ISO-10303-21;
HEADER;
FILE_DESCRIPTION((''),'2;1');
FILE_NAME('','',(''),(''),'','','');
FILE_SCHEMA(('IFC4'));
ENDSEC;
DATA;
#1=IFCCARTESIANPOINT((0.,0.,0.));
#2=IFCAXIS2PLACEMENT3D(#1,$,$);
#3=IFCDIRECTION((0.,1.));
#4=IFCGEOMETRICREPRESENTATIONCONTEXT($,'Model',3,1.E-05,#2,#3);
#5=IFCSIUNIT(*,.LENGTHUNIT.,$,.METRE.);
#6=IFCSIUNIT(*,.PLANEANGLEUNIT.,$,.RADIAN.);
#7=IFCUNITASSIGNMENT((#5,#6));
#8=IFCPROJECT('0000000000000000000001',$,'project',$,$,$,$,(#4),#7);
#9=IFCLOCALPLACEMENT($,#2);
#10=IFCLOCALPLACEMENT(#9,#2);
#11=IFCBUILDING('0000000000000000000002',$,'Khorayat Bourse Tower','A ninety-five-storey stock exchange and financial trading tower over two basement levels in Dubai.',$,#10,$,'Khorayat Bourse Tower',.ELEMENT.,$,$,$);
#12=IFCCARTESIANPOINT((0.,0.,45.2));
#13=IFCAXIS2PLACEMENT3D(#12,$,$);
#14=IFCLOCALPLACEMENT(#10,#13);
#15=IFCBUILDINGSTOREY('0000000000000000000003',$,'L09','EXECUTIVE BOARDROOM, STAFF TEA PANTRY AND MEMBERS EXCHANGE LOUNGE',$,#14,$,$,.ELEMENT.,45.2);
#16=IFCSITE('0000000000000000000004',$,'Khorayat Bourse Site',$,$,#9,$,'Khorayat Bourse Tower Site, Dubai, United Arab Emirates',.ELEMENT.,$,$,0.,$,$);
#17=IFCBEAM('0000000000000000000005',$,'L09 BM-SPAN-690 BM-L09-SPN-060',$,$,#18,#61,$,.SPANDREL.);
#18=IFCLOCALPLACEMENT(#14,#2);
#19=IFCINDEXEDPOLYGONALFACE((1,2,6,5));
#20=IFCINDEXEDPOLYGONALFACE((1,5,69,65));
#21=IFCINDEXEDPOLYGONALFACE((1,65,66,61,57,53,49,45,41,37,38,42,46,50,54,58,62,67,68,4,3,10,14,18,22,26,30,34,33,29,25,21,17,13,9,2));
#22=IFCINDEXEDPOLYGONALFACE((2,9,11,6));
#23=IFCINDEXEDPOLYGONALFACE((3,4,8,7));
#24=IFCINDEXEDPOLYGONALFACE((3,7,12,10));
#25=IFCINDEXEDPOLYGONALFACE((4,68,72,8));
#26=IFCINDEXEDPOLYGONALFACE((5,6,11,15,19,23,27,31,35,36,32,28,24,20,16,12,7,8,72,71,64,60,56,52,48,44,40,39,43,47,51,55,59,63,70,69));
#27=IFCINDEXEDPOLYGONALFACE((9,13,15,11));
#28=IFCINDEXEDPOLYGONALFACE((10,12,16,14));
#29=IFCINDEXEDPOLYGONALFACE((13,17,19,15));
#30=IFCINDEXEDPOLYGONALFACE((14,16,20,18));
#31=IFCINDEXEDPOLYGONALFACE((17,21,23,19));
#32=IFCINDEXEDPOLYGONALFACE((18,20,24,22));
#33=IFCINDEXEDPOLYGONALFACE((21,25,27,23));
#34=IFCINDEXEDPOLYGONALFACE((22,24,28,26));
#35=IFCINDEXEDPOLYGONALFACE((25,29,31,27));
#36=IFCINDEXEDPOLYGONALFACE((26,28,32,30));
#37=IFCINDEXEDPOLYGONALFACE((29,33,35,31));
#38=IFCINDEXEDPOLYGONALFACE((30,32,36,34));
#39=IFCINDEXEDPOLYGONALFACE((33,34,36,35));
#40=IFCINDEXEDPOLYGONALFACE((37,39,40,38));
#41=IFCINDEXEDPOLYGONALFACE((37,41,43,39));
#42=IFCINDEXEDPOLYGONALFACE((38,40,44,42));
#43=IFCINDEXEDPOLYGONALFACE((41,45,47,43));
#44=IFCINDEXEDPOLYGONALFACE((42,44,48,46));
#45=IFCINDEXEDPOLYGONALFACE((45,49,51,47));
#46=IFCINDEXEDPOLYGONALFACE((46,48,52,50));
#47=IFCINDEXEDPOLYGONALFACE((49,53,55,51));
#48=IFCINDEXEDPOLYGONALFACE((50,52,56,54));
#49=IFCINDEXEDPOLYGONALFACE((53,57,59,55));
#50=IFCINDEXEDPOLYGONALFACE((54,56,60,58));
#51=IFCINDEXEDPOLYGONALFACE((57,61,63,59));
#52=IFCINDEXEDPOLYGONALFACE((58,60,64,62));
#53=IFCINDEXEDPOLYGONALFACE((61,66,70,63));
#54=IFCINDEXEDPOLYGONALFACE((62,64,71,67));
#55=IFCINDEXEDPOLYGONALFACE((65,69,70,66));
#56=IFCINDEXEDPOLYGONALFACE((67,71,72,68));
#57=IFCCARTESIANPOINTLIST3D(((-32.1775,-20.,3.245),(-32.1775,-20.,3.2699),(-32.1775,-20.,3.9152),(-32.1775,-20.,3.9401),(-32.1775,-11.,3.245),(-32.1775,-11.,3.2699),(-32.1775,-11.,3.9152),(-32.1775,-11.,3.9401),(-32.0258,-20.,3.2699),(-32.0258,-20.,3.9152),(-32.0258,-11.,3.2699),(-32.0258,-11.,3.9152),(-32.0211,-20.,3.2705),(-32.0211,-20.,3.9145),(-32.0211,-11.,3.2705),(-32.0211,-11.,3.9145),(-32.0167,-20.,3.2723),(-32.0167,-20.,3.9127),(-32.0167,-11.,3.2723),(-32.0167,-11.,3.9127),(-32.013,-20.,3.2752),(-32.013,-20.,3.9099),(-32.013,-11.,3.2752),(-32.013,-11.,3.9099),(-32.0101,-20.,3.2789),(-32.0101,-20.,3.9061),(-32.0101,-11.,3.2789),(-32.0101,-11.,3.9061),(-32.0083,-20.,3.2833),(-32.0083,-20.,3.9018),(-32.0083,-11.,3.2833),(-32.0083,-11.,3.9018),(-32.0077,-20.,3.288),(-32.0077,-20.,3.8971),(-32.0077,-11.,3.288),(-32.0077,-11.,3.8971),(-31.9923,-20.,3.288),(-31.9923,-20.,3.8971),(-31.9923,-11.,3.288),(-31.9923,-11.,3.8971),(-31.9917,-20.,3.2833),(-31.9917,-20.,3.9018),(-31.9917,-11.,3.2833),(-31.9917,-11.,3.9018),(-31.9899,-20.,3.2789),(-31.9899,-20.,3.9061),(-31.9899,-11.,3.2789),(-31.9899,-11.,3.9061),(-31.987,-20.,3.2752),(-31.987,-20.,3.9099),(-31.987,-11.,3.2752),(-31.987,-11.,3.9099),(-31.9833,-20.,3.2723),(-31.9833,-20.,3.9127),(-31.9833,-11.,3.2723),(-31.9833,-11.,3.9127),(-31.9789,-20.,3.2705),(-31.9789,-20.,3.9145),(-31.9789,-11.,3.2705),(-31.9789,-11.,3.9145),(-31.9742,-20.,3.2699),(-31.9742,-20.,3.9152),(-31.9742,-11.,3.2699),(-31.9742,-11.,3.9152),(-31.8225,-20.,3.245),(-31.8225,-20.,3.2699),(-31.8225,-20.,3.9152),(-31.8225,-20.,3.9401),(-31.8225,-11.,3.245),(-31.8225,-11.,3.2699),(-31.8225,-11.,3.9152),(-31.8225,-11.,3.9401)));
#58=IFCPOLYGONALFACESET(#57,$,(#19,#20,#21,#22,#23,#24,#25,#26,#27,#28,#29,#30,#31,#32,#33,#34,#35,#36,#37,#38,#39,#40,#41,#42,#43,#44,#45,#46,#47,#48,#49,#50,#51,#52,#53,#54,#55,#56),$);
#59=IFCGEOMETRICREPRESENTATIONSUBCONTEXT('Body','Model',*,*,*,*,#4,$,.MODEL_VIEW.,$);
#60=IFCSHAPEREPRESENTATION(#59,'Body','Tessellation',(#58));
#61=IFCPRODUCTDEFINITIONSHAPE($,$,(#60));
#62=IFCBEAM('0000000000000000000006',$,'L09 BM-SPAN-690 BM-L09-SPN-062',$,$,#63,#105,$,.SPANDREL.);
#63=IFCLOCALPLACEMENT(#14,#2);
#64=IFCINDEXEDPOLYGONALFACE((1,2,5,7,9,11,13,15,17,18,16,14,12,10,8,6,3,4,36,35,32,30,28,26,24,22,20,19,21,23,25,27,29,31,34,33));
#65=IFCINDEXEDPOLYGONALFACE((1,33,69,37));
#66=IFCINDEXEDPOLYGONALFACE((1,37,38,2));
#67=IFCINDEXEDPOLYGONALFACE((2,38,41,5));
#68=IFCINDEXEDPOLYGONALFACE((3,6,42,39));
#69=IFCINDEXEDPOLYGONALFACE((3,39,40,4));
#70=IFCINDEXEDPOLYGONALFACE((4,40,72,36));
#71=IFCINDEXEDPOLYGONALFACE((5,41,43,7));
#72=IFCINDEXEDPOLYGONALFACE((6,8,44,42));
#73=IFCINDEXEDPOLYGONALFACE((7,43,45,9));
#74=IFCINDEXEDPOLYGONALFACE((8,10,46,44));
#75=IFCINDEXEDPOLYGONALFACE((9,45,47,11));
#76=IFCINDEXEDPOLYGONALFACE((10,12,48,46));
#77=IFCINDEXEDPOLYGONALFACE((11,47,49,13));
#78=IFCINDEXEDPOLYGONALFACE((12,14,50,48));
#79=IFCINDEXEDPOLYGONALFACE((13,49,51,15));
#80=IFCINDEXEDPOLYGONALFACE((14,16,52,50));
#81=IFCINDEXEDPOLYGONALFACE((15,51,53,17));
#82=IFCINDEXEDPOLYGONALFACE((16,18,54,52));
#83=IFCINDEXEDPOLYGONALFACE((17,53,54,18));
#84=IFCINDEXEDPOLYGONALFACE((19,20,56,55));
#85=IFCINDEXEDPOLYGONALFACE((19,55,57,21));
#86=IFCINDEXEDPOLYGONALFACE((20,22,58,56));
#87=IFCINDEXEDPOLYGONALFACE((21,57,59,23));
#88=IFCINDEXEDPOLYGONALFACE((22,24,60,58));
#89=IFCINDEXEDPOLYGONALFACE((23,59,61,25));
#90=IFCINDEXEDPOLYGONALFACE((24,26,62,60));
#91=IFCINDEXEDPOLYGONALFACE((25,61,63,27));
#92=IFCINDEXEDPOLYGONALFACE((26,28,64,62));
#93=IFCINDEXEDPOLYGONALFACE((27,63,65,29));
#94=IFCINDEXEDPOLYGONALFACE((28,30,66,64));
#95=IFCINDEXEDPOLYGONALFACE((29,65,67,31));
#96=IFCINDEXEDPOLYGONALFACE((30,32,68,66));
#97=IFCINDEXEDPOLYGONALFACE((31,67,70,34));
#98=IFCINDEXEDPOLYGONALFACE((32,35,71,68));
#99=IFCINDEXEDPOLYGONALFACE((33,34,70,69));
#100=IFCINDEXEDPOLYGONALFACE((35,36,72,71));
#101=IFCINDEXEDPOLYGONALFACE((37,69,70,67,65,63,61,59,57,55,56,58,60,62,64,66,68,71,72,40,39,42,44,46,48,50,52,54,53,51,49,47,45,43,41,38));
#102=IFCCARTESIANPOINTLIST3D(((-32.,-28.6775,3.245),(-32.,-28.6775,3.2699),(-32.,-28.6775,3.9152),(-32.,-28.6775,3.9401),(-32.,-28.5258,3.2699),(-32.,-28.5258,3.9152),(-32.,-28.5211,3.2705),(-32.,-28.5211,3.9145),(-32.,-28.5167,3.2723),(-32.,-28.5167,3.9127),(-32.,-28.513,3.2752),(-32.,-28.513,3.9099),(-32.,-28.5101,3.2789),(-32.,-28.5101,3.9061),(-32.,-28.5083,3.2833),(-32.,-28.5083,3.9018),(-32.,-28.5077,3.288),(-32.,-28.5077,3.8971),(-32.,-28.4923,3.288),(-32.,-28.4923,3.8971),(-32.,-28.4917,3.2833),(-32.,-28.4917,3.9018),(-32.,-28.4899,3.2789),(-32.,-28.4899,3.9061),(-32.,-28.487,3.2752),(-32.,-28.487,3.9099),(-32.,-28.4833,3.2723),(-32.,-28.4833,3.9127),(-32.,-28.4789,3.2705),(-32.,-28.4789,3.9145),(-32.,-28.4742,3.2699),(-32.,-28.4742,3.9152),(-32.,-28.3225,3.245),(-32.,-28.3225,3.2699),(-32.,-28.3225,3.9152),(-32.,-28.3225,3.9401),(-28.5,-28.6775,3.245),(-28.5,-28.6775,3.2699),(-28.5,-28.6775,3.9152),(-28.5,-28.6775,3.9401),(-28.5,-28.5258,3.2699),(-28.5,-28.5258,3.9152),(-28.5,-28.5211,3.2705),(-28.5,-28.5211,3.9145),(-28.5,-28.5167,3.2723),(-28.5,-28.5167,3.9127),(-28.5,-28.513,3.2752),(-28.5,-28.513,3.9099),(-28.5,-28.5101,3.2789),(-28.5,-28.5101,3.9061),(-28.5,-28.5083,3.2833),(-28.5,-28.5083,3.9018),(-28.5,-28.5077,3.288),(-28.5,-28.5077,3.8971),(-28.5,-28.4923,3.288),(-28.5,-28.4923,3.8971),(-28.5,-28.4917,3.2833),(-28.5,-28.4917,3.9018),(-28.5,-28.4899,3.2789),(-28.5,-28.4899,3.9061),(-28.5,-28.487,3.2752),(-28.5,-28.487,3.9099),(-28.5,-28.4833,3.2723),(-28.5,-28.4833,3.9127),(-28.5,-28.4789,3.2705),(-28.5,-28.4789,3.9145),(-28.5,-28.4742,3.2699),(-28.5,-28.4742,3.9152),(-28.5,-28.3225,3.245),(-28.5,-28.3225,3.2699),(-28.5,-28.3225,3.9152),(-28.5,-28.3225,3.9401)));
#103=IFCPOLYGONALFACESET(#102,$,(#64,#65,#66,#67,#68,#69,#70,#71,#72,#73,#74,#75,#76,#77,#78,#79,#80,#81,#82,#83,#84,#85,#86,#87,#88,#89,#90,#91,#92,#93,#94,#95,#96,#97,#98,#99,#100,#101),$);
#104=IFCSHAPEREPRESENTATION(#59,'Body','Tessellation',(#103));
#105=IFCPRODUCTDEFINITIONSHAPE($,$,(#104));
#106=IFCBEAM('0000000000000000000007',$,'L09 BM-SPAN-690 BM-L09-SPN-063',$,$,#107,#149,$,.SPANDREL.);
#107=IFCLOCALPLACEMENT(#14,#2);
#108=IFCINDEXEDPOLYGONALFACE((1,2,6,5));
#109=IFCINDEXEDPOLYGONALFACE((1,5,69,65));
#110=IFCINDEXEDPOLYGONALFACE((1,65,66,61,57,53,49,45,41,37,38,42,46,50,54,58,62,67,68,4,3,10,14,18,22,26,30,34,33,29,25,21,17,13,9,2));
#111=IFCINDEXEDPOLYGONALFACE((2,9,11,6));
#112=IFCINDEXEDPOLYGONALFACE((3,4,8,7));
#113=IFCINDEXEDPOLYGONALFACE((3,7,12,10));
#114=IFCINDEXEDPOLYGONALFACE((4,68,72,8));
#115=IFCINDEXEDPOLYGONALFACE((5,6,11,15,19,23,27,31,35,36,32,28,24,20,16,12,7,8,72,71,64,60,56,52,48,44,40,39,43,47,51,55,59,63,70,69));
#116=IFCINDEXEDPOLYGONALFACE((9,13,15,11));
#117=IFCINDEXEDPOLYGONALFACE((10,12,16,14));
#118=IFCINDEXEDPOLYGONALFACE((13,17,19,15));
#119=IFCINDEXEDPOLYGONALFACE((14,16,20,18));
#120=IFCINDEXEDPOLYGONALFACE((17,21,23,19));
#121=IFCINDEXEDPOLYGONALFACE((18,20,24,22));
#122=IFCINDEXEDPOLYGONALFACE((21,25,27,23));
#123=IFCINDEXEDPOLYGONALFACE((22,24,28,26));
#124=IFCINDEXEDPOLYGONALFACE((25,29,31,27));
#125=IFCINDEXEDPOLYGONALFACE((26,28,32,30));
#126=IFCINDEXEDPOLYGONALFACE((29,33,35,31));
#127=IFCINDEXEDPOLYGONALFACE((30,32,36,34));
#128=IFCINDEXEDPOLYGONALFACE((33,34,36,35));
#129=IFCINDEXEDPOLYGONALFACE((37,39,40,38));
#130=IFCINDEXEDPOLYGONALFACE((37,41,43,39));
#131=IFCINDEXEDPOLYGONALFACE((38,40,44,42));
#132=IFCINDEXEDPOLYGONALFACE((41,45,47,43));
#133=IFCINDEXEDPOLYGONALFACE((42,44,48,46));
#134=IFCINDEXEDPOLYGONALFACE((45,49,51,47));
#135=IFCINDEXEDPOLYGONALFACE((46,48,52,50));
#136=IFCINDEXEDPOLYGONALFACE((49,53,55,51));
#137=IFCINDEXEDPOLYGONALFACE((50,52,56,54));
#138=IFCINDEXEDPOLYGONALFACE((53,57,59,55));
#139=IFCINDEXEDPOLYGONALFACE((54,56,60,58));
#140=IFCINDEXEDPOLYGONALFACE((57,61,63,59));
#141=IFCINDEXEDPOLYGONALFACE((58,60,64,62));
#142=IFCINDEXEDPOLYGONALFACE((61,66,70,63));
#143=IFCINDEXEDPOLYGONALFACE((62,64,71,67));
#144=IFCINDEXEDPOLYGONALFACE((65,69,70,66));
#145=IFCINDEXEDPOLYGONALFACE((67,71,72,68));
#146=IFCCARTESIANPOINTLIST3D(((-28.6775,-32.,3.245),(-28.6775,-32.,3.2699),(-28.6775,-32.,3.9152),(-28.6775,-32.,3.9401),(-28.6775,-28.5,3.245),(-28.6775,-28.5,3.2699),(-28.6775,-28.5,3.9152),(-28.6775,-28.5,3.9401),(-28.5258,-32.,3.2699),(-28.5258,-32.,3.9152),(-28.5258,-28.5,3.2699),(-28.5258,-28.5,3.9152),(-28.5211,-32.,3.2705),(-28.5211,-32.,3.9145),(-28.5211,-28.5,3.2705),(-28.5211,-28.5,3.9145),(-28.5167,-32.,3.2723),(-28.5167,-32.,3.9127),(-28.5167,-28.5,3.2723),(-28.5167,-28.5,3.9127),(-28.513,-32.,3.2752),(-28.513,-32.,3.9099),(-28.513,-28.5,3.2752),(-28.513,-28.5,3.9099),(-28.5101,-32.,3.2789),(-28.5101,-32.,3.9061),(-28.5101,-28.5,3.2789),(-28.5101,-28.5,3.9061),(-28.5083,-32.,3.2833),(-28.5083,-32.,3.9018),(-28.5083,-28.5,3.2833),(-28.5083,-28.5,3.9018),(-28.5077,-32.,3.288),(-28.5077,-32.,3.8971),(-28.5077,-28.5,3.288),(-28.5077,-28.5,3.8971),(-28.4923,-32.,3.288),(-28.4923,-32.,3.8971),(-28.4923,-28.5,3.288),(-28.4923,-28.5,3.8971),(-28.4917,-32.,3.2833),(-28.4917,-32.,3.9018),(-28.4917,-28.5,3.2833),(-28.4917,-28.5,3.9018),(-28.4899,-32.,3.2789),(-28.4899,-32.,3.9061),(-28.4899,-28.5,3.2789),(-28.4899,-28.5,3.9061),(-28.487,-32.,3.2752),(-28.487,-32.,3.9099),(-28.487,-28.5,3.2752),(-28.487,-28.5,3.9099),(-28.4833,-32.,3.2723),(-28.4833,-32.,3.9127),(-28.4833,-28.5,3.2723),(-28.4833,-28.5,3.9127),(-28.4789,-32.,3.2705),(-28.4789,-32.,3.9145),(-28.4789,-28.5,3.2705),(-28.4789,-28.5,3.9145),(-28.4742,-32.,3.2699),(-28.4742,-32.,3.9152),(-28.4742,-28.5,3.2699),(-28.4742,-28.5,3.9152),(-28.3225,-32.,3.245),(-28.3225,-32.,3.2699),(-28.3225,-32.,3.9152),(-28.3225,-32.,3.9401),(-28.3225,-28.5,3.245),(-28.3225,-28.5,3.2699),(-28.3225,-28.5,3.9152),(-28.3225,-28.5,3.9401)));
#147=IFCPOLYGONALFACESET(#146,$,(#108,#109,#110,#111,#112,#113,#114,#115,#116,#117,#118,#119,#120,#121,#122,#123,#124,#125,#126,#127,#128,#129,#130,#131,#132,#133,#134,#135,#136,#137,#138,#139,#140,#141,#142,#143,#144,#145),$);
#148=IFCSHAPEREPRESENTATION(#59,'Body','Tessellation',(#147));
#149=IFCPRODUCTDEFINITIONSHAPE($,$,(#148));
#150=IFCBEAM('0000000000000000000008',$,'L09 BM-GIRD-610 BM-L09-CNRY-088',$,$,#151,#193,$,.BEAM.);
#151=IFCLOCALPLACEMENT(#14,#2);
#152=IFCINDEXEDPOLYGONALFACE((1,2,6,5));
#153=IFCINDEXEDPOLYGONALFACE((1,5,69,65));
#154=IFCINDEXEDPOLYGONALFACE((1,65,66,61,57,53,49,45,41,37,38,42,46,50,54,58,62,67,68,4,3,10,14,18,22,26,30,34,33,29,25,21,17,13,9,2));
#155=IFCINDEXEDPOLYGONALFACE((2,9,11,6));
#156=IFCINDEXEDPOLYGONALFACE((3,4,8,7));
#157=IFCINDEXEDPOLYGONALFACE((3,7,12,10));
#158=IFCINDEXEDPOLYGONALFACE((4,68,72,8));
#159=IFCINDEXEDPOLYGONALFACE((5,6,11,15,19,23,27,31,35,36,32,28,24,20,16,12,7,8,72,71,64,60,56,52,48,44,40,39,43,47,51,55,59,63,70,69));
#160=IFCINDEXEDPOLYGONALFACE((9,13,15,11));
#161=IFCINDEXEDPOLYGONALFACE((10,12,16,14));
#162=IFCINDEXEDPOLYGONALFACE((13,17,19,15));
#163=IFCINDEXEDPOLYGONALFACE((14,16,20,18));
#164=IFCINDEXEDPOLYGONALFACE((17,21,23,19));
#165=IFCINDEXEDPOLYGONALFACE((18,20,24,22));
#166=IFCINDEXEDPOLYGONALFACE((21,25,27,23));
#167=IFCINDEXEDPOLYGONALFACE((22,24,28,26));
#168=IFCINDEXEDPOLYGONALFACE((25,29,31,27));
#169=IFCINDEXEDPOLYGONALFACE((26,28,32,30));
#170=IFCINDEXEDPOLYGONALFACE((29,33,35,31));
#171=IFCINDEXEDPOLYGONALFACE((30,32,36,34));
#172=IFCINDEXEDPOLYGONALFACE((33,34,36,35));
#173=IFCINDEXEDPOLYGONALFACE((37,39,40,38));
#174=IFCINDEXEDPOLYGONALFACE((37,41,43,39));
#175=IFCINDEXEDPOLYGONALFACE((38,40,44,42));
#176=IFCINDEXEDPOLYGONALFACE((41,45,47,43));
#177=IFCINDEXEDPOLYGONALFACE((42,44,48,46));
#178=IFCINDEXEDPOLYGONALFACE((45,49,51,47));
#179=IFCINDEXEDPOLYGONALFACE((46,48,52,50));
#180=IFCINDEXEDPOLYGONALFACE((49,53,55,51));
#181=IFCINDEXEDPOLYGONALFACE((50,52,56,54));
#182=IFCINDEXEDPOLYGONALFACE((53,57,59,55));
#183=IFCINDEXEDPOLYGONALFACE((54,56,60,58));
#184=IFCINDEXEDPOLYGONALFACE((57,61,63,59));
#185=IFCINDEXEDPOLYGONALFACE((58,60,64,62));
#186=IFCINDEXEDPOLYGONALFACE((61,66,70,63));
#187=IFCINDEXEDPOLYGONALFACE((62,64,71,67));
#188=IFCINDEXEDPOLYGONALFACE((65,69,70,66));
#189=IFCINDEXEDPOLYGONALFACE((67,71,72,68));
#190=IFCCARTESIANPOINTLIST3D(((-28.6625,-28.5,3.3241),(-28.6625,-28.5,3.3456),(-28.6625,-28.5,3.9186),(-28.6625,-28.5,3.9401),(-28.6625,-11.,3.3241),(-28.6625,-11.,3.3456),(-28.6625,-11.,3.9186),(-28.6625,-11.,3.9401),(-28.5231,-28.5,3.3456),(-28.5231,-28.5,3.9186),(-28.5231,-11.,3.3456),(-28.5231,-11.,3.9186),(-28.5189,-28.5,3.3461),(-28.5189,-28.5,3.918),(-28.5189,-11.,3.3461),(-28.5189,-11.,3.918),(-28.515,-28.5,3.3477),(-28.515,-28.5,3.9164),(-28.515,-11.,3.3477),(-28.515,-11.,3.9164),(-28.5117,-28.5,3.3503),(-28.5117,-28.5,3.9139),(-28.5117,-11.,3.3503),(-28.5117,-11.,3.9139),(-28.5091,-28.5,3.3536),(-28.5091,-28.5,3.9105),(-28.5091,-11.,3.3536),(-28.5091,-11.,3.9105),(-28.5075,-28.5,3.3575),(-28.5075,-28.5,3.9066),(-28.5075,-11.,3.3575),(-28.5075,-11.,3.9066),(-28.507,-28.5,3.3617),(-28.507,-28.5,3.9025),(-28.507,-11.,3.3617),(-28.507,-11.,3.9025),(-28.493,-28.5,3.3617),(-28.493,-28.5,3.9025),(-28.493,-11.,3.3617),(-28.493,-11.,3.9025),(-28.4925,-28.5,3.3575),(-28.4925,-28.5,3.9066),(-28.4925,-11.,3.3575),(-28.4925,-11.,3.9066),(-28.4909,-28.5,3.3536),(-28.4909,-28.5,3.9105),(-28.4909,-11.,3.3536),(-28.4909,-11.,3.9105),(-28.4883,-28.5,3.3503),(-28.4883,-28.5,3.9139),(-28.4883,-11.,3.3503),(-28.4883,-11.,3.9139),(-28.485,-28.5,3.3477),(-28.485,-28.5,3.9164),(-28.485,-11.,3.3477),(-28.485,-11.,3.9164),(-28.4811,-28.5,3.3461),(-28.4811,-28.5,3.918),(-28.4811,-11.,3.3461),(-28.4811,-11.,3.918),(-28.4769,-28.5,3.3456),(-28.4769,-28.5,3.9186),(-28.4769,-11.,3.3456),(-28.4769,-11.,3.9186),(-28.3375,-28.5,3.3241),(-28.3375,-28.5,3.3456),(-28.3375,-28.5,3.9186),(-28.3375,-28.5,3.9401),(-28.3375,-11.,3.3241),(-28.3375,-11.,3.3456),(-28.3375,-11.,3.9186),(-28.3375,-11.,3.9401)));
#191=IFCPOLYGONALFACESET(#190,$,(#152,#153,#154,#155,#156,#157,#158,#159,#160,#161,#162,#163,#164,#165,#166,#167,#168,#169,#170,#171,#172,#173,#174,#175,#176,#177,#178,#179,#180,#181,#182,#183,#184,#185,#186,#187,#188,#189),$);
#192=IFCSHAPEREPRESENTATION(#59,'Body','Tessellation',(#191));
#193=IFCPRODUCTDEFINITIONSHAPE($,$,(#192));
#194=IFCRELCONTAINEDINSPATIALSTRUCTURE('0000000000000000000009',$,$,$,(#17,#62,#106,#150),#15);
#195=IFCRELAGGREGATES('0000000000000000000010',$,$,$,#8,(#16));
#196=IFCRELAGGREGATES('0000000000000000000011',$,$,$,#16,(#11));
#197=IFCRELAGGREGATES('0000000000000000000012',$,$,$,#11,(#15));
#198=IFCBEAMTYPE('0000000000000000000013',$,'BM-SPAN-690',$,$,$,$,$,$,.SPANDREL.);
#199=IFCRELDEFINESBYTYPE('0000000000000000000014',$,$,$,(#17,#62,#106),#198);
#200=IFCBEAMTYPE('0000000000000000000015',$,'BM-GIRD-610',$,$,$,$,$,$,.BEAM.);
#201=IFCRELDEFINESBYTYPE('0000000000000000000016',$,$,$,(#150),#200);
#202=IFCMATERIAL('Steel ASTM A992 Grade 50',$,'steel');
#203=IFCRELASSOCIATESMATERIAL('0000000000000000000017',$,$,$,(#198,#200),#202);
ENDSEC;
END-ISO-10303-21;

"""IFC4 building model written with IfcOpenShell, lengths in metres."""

from ifc_helpers import new_model, si_unit, direction, frame, origin, origin_2d, place, context, subcontext, project, spatial, i_section, extrude, source, transform, mapped, material, material_profile, profile_set, type_object, element, save


model = new_model("IFC4")

# Units and contexts
model_context = context("Model", 3, precision=1e-05, world=origin(), true_north=direction((0.0, 1.0)))
body_context = subcontext(model_context, "Body", "Model", "MODEL_VIEW")
ifc_project = project(units=[si_unit("LENGTHUNIT", "METRE"), si_unit("PLANEANGLEUNIT", "RADIAN")], contexts=[model_context])

# Site, building, storey
site_placement = place(None, origin())
site = spatial("IfcSite", under=ifc_project, at=site_placement, Name="Khorayat Bourse Site", LongName="Khorayat Bourse Tower Site, Dubai, United Arab Emirates", CompositionType="ELEMENT", RefElevation=0.0)
building_placement = place(site_placement, origin())
building = spatial("IfcBuilding", under=site, at=building_placement, Name="Khorayat Bourse Tower", Description="A ninety-five-storey stock exchange and financial trading tower over two basement levels in Dubai.", LongName="Khorayat Bourse Tower", CompositionType="ELEMENT")
storey_placement = place(building_placement, frame((0.0, 0.0, 45.2)))
storey = spatial("IfcBuildingStorey", under=building, at=storey_placement, Name="L09", Description="EXECUTIVE BOARDROOM, STAFF TEA PANTRY AND MEMBERS EXCHANGE LOUNGE", CompositionType="ELEMENT", Elevation=45.2)

# Beams
ifc_material_1 = material(Name="Steel ASTM A992 Grade 50", Category="steel")
ifc_material_profile_1 = material_profile(ifc_material_1, i_section(OverallWidth=0.355, OverallDepth=0.6951, WebThickness=0.0154, FlangeThickness=0.0249, FilletRadius=0.0181, at=origin_2d()), Name="W690X217")
ifc_profile_set_1 = profile_set([ifc_material_profile_1], Name="Steel ASTM A992 Grade 50")
beam_type_1 = type_object("IfcBeamType", Name="BM-SPAN-690", PredefinedType="SPANDREL", material=ifc_profile_set_1)
shared_shape_1 = source(origin(), body_context, "Body", "SweptSolid", [
    extrude(i_section(OverallWidth=0.355, OverallDepth=0.6951, WebThickness=0.0154, FlangeThickness=0.0249, FilletRadius=0.0181, at=origin_2d()), origin(), (0.0, 0.0, 1.0), 9.0),
])
beam_1_placement = place(storey_placement, frame((-32.0, -20.0, 3.5925), z_axis=(0.0, 1.0, 0.0), x_axis=(-1.0, 0.0, 0.0)))
element("IfcBeam", 1, at=beam_1_placement, inside=storey, type_object=beam_type_1, Name="L09 BM-SPAN-690 BM-L09-SPN-060", PredefinedType="SPANDREL", context=body_context, shape_type="MappedRepresentation", body=[
    mapped(shared_shape_1, transform((0.0, 0.0, 0.0), scale=1.0)),
])
shared_shape_2 = source(origin(), body_context, "Body", "SweptSolid", [
    extrude(i_section(OverallWidth=0.355, OverallDepth=0.6951, WebThickness=0.0154, FlangeThickness=0.0249, FilletRadius=0.0181, at=origin_2d()), origin(), (0.0, 0.0, 1.0), 3.5),
])
for number, where, z_axis, x_axis, name in (
    (2, (-32.0, -28.5, 3.5925), (1.0, 0.0, 0.0), (0.0, 1.0, 0.0), "L09 BM-SPAN-690 BM-L09-SPN-062"),
    (3, (-28.5, -32.0, 3.5925), (0.0, 1.0, 0.0), (-1.0, 0.0, 0.0), "L09 BM-SPAN-690 BM-L09-SPN-063"),
):
    element("IfcBeam", number, at=place(storey_placement, frame(where, z_axis=z_axis, x_axis=x_axis)), inside=storey, type_object=beam_type_1, Name=name, PredefinedType="SPANDREL", context=body_context, shape_type="MappedRepresentation", body=[
        mapped(shared_shape_2, transform((0.0, 0.0, 0.0), scale=1.0)),
    ])
ifc_material_profile_2 = material_profile(ifc_material_1, i_section(OverallWidth=0.325, OverallDepth=0.616, WebThickness=0.0139, FlangeThickness=0.0215, FilletRadius=0.0161, at=origin_2d()), Name="W610X174")
ifc_profile_set_2 = profile_set([ifc_material_profile_2], Name="Steel ASTM A992 Grade 50")
beam_type_2 = type_object("IfcBeamType", Name="BM-GIRD-610", PredefinedType="BEAM", material=ifc_profile_set_2)
shared_shape_3 = source(origin(), body_context, "Body", "SweptSolid", [
    extrude(i_section(OverallWidth=0.325, OverallDepth=0.616, WebThickness=0.0139, FlangeThickness=0.0215, FilletRadius=0.0161, at=origin_2d()), origin(), (0.0, 0.0, 1.0), 17.5),
])
beam_2_placement = place(storey_placement, frame((-28.5, -28.5, 3.6321), z_axis=(0.0, 1.0, 0.0), x_axis=(-1.0, 0.0, 0.0)))
element("IfcBeam", 4, at=beam_2_placement, inside=storey, type_object=beam_type_2, Name="L09 BM-GIRD-610 BM-L09-CNRY-088", PredefinedType="BEAM", context=body_context, shape_type="MappedRepresentation", body=[
    mapped(shared_shape_3, transform((0.0, 0.0, 0.0), scale=1.0)),
])

save(model, "model.ifc")
